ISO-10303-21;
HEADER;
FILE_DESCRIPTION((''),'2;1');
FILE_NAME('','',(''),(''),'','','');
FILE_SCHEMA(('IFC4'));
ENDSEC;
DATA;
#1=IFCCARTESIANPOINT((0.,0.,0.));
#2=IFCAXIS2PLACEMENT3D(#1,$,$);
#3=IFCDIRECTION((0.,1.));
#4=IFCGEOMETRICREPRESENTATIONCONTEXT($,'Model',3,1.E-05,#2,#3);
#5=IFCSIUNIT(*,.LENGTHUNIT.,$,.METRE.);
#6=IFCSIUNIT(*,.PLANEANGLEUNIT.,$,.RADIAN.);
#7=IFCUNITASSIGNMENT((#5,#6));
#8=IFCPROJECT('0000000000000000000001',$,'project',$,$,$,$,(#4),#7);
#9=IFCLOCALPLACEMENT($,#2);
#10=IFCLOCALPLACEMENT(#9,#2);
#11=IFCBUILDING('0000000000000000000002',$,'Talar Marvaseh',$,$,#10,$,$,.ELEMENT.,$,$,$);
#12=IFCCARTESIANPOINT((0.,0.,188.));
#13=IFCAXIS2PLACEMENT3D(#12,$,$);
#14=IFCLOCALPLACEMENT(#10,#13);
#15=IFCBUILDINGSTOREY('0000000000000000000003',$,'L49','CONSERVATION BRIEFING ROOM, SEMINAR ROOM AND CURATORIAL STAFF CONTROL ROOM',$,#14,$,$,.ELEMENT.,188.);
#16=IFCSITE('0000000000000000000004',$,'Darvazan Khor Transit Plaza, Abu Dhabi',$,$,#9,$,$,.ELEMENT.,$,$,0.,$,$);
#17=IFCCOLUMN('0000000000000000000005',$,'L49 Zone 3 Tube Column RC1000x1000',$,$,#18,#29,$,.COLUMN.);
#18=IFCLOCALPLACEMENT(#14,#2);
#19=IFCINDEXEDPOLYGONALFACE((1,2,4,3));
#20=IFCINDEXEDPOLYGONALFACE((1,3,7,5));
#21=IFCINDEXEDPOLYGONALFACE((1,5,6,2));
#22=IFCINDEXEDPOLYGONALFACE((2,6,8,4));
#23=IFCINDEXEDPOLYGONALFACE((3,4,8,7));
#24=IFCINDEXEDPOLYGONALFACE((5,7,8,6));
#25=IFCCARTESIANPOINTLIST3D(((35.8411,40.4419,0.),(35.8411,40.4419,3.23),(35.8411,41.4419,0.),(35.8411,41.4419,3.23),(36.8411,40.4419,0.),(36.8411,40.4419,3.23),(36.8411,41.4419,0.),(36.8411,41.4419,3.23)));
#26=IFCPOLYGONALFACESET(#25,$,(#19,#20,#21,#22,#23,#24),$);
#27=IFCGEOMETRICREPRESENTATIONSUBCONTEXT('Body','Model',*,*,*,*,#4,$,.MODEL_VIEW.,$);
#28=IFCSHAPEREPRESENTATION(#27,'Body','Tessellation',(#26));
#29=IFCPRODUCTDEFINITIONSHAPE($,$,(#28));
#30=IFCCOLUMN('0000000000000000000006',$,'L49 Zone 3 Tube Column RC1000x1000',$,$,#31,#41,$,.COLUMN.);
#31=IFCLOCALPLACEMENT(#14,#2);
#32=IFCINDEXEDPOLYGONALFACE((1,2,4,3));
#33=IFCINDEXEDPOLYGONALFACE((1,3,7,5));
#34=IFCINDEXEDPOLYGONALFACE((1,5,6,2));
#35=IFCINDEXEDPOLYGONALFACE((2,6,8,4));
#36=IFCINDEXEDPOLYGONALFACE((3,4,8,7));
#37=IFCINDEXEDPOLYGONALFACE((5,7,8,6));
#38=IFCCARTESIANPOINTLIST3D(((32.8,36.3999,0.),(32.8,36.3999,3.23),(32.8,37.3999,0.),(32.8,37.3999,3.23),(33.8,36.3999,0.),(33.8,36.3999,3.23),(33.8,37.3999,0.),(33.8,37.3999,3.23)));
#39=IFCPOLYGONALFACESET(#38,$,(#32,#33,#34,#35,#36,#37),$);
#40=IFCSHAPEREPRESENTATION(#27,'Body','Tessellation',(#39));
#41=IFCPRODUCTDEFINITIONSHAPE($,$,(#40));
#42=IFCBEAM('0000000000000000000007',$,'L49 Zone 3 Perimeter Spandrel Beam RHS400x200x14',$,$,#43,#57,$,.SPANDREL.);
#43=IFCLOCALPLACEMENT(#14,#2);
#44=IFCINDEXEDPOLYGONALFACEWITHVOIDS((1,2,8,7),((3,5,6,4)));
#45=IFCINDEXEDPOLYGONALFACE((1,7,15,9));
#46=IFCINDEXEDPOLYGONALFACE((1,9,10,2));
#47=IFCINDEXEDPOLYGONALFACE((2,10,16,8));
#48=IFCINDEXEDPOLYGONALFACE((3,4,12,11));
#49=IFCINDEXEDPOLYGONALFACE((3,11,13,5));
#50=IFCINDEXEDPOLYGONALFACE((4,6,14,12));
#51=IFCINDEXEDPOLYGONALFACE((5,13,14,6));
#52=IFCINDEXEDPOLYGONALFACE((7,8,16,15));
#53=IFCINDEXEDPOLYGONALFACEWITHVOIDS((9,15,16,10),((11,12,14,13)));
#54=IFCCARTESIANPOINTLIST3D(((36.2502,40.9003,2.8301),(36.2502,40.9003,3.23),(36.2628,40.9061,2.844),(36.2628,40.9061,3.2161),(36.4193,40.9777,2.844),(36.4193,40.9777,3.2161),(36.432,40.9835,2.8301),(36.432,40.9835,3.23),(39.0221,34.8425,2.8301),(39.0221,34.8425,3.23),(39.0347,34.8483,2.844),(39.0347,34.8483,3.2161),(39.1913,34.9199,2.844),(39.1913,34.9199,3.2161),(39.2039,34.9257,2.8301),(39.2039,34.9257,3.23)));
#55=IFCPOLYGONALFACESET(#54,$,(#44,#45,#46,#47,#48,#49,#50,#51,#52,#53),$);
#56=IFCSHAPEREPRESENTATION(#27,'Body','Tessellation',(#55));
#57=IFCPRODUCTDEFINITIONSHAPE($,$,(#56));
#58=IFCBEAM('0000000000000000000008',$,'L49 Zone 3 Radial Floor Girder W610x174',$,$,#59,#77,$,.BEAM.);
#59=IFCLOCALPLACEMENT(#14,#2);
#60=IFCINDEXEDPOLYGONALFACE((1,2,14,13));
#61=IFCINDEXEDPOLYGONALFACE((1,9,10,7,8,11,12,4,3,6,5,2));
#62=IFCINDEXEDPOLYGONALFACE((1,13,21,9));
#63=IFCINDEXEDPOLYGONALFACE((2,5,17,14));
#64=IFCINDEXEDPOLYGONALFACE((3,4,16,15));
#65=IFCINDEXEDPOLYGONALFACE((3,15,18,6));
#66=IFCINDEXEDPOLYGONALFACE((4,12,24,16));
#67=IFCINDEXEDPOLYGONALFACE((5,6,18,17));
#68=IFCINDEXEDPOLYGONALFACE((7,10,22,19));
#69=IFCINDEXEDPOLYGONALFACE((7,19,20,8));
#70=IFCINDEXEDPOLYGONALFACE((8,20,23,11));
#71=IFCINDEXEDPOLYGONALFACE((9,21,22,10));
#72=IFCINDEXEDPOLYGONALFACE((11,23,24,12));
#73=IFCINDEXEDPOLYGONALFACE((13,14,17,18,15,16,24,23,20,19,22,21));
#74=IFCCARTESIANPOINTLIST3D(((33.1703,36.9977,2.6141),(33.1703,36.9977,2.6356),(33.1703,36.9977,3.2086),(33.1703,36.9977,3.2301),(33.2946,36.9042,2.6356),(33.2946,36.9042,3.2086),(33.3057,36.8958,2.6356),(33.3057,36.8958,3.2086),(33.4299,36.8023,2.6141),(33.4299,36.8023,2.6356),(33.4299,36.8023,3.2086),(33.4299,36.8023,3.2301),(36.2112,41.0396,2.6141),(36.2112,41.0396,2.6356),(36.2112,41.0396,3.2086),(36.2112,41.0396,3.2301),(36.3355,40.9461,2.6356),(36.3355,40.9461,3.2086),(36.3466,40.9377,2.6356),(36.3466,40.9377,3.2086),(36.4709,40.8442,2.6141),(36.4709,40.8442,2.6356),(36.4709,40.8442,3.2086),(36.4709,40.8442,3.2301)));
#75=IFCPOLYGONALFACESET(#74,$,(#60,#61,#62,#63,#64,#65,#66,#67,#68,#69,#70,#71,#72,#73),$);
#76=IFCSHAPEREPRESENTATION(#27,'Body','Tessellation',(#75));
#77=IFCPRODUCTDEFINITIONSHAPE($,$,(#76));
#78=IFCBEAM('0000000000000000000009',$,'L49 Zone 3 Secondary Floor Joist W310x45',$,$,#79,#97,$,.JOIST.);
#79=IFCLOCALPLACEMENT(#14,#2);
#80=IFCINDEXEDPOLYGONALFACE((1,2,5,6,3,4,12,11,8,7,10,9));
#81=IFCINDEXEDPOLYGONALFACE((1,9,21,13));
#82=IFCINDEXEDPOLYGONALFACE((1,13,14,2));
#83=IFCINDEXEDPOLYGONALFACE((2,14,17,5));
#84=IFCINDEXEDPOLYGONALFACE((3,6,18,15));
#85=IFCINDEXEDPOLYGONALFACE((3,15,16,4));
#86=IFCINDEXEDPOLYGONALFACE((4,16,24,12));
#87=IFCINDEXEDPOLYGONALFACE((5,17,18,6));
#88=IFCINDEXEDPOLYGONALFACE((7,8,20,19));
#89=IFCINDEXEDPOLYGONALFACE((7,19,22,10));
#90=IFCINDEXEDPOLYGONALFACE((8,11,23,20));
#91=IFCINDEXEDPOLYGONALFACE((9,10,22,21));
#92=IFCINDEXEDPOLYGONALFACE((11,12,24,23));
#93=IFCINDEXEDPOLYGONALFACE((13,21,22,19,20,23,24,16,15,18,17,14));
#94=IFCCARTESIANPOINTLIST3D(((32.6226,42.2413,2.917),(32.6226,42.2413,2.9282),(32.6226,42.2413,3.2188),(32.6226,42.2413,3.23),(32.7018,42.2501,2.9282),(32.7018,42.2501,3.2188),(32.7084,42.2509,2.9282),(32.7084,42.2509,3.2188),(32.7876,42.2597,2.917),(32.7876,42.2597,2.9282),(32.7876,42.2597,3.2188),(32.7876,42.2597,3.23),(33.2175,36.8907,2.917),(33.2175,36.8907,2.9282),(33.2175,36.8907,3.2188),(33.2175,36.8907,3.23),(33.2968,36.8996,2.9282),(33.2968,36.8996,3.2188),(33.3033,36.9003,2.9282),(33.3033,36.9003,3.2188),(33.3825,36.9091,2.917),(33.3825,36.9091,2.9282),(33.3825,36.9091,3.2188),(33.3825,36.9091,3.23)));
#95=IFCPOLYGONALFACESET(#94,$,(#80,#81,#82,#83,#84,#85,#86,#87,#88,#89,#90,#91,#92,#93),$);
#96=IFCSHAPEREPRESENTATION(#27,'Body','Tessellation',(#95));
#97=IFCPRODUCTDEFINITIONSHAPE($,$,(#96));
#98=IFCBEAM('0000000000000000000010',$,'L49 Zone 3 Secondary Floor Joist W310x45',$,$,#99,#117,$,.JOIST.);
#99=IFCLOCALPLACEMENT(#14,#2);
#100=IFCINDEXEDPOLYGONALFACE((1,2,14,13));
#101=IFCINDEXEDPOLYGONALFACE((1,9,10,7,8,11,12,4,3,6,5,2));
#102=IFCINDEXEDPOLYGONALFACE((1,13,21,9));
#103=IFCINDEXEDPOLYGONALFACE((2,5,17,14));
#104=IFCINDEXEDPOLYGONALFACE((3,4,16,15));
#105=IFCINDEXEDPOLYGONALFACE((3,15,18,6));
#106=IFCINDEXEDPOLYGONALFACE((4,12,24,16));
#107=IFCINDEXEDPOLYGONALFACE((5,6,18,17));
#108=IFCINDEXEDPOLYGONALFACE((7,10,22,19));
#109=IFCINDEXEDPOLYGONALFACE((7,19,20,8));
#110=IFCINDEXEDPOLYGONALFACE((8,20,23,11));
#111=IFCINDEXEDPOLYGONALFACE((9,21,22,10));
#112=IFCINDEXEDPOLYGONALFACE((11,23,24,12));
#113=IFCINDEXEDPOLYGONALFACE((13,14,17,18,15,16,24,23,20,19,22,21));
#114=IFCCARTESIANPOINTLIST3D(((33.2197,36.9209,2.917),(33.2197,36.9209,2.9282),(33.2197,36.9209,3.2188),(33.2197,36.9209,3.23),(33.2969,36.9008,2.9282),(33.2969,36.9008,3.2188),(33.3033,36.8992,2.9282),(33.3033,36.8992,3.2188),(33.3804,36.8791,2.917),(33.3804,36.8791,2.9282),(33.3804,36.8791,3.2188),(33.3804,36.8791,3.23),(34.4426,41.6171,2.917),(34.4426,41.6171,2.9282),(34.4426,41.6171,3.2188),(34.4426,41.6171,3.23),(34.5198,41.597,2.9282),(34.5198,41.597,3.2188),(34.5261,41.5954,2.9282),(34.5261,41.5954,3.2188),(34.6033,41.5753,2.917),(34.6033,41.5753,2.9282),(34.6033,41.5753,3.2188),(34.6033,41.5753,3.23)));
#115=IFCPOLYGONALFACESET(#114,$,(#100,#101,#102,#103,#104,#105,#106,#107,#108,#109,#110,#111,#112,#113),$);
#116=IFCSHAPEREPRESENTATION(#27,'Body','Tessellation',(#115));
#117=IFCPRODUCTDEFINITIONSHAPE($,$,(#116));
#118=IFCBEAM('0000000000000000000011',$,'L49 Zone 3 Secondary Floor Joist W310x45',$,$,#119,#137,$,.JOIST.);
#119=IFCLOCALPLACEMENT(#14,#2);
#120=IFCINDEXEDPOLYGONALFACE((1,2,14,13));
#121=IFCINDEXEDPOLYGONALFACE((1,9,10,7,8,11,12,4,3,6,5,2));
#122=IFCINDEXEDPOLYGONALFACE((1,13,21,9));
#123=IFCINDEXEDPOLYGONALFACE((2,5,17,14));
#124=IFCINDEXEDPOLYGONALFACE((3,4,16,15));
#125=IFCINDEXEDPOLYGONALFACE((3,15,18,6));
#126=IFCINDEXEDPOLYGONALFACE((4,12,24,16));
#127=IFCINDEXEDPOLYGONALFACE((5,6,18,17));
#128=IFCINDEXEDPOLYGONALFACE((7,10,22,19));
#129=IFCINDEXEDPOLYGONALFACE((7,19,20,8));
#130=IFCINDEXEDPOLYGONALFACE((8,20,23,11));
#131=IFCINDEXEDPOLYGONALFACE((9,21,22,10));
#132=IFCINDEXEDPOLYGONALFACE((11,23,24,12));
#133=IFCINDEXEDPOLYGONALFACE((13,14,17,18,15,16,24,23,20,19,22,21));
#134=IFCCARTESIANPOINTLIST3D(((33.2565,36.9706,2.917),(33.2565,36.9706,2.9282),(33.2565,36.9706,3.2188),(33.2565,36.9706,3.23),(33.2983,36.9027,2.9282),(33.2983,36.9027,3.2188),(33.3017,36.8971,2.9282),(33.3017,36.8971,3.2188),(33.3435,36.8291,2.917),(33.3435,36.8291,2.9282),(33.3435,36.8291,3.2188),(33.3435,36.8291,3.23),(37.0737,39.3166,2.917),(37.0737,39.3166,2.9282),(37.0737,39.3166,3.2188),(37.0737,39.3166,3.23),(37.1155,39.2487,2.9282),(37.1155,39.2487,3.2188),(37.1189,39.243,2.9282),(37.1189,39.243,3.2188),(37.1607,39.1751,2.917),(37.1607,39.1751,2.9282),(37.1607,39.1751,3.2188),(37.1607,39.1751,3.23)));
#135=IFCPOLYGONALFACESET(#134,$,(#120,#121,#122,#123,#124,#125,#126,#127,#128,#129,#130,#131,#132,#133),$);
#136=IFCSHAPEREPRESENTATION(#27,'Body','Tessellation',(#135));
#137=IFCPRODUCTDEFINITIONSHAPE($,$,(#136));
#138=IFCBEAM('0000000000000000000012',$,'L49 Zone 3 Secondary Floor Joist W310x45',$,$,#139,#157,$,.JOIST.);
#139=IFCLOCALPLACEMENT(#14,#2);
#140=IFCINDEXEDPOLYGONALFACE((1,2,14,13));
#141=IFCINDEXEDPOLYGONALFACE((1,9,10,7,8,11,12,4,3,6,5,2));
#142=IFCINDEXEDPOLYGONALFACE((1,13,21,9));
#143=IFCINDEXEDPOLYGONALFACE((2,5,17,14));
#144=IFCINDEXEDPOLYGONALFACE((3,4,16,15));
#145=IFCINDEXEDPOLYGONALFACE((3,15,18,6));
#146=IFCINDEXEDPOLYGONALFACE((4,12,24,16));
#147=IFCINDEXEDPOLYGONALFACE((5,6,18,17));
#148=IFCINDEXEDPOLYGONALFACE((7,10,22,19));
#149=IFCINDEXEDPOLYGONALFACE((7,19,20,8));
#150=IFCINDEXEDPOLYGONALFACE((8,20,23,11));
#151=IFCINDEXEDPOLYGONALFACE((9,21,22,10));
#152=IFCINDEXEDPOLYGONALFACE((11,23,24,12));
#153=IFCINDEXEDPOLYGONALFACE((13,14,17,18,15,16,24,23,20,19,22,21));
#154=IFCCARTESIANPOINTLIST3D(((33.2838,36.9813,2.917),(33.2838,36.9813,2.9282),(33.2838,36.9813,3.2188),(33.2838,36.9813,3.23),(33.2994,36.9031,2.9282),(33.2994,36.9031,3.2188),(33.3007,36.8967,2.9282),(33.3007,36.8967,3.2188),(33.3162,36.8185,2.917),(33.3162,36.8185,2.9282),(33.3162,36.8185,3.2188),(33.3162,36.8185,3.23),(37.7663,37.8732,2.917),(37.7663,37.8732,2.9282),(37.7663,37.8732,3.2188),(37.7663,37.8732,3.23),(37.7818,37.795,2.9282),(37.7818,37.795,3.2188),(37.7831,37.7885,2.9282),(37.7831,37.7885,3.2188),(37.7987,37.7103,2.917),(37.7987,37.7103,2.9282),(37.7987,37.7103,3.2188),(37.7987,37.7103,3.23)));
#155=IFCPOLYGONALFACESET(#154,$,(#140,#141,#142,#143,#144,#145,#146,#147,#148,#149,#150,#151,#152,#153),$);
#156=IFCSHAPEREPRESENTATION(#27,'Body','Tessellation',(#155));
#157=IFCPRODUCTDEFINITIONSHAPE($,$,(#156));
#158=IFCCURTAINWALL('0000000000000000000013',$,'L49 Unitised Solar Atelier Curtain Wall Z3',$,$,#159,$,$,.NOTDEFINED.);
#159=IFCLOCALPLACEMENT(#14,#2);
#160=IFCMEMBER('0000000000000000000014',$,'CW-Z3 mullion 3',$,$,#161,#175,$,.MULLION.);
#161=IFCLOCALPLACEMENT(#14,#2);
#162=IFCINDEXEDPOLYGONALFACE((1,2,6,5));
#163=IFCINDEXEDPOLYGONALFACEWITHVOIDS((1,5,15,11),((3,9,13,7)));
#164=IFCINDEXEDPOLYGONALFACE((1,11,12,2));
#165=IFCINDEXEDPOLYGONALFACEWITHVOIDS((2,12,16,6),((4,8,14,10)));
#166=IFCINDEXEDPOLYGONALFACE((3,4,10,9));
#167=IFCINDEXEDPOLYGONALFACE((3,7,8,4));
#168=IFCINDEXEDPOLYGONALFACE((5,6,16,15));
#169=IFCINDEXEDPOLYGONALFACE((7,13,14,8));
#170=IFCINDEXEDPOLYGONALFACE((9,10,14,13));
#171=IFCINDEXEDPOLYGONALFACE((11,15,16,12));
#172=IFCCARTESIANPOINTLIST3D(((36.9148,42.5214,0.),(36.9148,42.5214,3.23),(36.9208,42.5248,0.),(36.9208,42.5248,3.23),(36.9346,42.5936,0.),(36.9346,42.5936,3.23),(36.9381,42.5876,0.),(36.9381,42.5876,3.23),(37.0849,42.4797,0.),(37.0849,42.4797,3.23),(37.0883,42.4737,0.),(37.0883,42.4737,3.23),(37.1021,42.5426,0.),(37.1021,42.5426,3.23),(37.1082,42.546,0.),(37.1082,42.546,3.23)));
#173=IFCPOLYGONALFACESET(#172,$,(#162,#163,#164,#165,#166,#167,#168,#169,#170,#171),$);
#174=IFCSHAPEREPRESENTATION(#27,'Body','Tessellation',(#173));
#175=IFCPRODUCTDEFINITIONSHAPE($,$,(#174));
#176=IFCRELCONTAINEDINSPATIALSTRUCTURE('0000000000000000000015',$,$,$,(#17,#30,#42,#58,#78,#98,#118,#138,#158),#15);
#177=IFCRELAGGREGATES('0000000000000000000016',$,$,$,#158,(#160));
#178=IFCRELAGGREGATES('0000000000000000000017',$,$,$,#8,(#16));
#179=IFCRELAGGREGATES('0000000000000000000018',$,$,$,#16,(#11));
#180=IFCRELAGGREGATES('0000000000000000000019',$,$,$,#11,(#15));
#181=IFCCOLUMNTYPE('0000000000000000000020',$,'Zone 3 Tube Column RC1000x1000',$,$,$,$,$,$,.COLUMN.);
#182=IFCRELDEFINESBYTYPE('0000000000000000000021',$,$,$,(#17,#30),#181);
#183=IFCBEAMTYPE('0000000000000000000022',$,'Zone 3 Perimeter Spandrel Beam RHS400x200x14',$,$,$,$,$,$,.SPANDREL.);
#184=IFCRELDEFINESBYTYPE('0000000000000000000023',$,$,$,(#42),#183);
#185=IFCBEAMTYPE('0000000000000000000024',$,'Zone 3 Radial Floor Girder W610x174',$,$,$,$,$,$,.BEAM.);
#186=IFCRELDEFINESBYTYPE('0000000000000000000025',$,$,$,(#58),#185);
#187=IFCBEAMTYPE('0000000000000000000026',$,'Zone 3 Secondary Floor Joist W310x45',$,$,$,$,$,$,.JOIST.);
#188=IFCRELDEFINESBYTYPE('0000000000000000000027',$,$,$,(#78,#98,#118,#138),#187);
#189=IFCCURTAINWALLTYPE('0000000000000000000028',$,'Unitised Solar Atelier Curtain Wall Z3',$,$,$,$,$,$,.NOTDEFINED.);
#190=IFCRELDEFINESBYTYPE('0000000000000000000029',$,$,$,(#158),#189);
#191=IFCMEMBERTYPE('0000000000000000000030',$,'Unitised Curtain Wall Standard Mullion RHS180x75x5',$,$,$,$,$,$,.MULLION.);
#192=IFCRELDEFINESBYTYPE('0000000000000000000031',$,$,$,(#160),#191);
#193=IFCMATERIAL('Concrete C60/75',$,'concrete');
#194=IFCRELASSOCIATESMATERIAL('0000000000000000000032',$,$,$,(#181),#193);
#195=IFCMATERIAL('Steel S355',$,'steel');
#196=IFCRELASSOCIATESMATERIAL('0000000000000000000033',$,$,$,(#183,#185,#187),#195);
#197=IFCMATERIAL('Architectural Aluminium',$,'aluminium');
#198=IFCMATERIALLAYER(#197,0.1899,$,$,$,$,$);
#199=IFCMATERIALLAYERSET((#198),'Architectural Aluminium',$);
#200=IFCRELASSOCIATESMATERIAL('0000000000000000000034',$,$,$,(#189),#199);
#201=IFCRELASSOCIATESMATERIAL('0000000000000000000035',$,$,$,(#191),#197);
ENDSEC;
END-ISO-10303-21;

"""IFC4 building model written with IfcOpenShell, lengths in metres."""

from ifc_helpers import new_model, si_unit, direction, frame, origin, origin_2d, place, context, subcontext, project, spatial, rectangle, hollow_rectangle, i_section, extrude, source, transform, mapped, material, layer, layer_set, material_profile, profile_set, type_object, type_shapes, element, aggregate, save


model = new_model("IFC4")

# Units and contexts
model_context = context("Model", 3, precision=1e-05, world=origin(), true_north=direction((0.0, 1.0)))
body_context = subcontext(model_context, "Body", "Model", "MODEL_VIEW")
ifc_project = project(units=[si_unit("LENGTHUNIT", "METRE"), si_unit("PLANEANGLEUNIT", "RADIAN")], contexts=[model_context])

# Site, building, storey
site_placement = place(None, origin())
site = spatial("IfcSite", under=ifc_project, at=site_placement, Name="Darvazan Khor Transit Plaza, Abu Dhabi", CompositionType="ELEMENT", RefElevation=0.0)
building_placement = place(site_placement, origin())
building = spatial("IfcBuilding", under=site, at=building_placement, Name="Talar Marvaseh", CompositionType="ELEMENT")
storey_placement = place(building_placement, frame((0.0, 0.0, 188.0)))
storey = spatial("IfcBuildingStorey", under=building, at=storey_placement, Name="L49", Description="CONSERVATION BRIEFING ROOM, SEMINAR ROOM AND CURATORIAL STAFF CONTROL ROOM", CompositionType="ELEMENT", Elevation=188.0)

# Columns
ifc_material_1 = material(Name="Concrete C60/75", Category="concrete")
ifc_material_profile_1 = material_profile(ifc_material_1, rectangle(XDim=1.0, YDim=1.0, at=origin_2d()), Name="RC1000x1000")
ifc_profile_set_1 = profile_set([ifc_material_profile_1], Name="Concrete C60/75")
column_type = type_object("IfcColumnType", Name="Zone 3 Tube Column RC1000x1000", PredefinedType="COLUMN", material=ifc_profile_set_1)
for number, where, z_axis, x_axis, name in (
    (1, (36.3411, 40.9419, 0.0), (0.0, 0.0, 1.0), (1.0, 0.0, 0.0), "L49 Zone 3 Tube Column RC1000x1000"),
    (2, (33.3, 36.8999, 0.0), (0.0, 0.0, 1.0), (1.0, 0.0, 0.0), "L49 Zone 3 Tube Column RC1000x1000"),
):
    element("IfcColumn", number, at=place(storey_placement, frame(where, z_axis=z_axis, x_axis=x_axis)), inside=storey, type_object=column_type, Name=name, PredefinedType="COLUMN", context=body_context, shape_type="SweptSolid", body=[
        extrude(rectangle(XDim=1.0, YDim=1.0, at=origin_2d()), origin(), (0.0, 0.0, 1.0), 3.23),
    ])

# Beams
ifc_material_2 = material(Name="Steel S355", Category="steel")
ifc_material_profile_2 = material_profile(ifc_material_2, hollow_rectangle(XDim=0.2, YDim=0.3999, WallThickness=0.0139, at=origin_2d()), Name="RHS400x200x14")
ifc_profile_set_2 = profile_set([ifc_material_profile_2], Name="Steel S355")
beam_type_1 = type_object("IfcBeamType", Name="Zone 3 Perimeter Spandrel Beam RHS400x200x14", PredefinedType="SPANDREL", material=ifc_profile_set_2)
beam_1_placement = place(storey_placement, frame((36.3411, 40.9419, 3.03), z_axis=(0.416091, -0.909323, 0.0), x_axis=(0.909323, 0.416091, 0.0)))
element("IfcBeam", 3, at=beam_1_placement, inside=storey, type_object=beam_type_1, Name="L49 Zone 3 Perimeter Spandrel Beam RHS400x200x14", PredefinedType="SPANDREL", context=body_context, shape_type="SweptSolid", body=[
    extrude(hollow_rectangle(XDim=0.2, YDim=0.3999, WallThickness=0.0139, at=origin_2d()), origin(), (0.0, 0.0, 1.0), 6.6619),
])
ifc_material_profile_3 = material_profile(ifc_material_2, i_section(OverallWidth=0.325, OverallDepth=0.616, WebThickness=0.0139, FlangeThickness=0.0215, at=origin_2d()), Name="W610x174")
ifc_profile_set_3 = profile_set([ifc_material_profile_3], Name="Steel S355")
beam_type_2 = type_object("IfcBeamType", Name="Zone 3 Radial Floor Girder W610x174", PredefinedType="BEAM", material=ifc_profile_set_3)
beam_2_placement = place(storey_placement, frame((36.3411, 40.9419, 2.9221), z_axis=(-0.601204, -0.799096, 0.0), x_axis=(0.799096, -0.601204, 0.0)))
element("IfcBeam", 4, at=beam_2_placement, inside=storey, type_object=beam_type_2, Name="L49 Zone 3 Radial Floor Girder W610x174", PredefinedType="BEAM", context=body_context, shape_type="SweptSolid", body=[
    extrude(i_section(OverallWidth=0.325, OverallDepth=0.616, WebThickness=0.0139, FlangeThickness=0.0215, at=origin_2d()), origin(), (0.0, 0.0, 1.0), 5.0581),
])
ifc_material_profile_4 = material_profile(ifc_material_2, i_section(OverallWidth=0.166, OverallDepth=0.313, WebThickness=0.0066, FlangeThickness=0.0112, at=origin_2d()), Name="W310x45")
ifc_profile_set_4 = profile_set([ifc_material_profile_4], Name="Steel S355")
beam_type_3 = type_object("IfcBeamType", Name="Zone 3 Secondary Floor Joist W310x45", PredefinedType="JOIST", material=ifc_profile_set_4)
beam_3_placement = place(storey_placement, frame((32.7051, 42.2505, 3.0735), z_axis=(0.110516, -0.993874, 0.0), x_axis=(0.993874, 0.110516, 0.0)))
element("IfcBeam", 5, at=beam_3_placement, inside=storey, type_object=beam_type_3, Name="L49 Zone 3 Secondary Floor Joist W310x45", PredefinedType="JOIST", context=body_context, shape_type="SweptSolid", body=[
    extrude(i_section(OverallWidth=0.166, OverallDepth=0.313, WebThickness=0.0066, FlangeThickness=0.0112, at=origin_2d()), origin(), (0.0, 0.0, 1.0), 5.3835),
])
beam_4_placement = place(storey_placement, frame((34.5229, 41.5962, 3.0735), z_axis=(-0.251994, -0.967729, 0.0), x_axis=(0.967729, -0.251994, 0.0)))
element("IfcBeam", 6, at=beam_4_placement, inside=storey, type_object=beam_type_3, Name="L49 Zone 3 Secondary Floor Joist W310x45", PredefinedType="JOIST", context=body_context, shape_type="SweptSolid", body=[
    extrude(i_section(OverallWidth=0.166, OverallDepth=0.313, WebThickness=0.0066, FlangeThickness=0.0112, at=origin_2d()), origin(), (0.0, 0.0, 1.0), 4.8528),
])
beam_5_placement = place(storey_placement, frame((37.1172, 39.2458, 3.0735), z_axis=(-0.851963, -0.523602, 0.0), x_axis=(0.523602, -0.851963, 0.0)))
element("IfcBeam", 7, at=beam_5_placement, inside=storey, type_object=beam_type_3, Name="L49 Zone 3 Secondary Floor Joist W310x45", PredefinedType="JOIST", context=body_context, shape_type="SweptSolid", body=[
    extrude(i_section(OverallWidth=0.166, OverallDepth=0.313, WebThickness=0.0066, FlangeThickness=0.0112, at=origin_2d()), origin(), (0.0, 0.0, 1.0), 4.4805),
])
beam_6_placement = place(storey_placement, frame((37.7825, 37.7917, 3.0735), z_axis=(-0.980775, -0.19514, 0.0), x_axis=(0.19514, -0.980775, 0.0)))
element("IfcBeam", 8, at=beam_6_placement, inside=storey, type_object=beam_type_3, Name="L49 Zone 3 Secondary Floor Joist W310x45", PredefinedType="JOIST", context=body_context, shape_type="SweptSolid", body=[
    extrude(i_section(OverallWidth=0.166, OverallDepth=0.313, WebThickness=0.0066, FlangeThickness=0.0112, at=origin_2d()), origin(), (0.0, 0.0, 1.0), 4.5703),
])

# Curtain wall, member
ifc_material_3 = material(Name="Architectural Aluminium", Category="aluminium")
ifc_layer_1 = layer(ifc_material_3, 0.1899)
ifc_layer_set_1 = layer_set([ifc_layer_1], Name="Architectural Aluminium")
curtain_wall_type = type_object("IfcCurtainWallType", Name="Unitised Solar Atelier Curtain Wall Z3", PredefinedType="NOTDEFINED", material=ifc_layer_set_1)
curtain_wall_1_placement = place(storey_placement, origin())
curtain_wall_1 = element("IfcCurtainWall", 9, at=curtain_wall_1_placement, inside=storey, type_object=curtain_wall_type, Name="L49 Unitised Solar Atelier Curtain Wall Z3", PredefinedType="NOTDEFINED")
ifc_material_profile_5 = material_profile(ifc_material_3, hollow_rectangle(XDim=0.075, YDim=0.1799, WallThickness=0.0049, at=origin_2d()), Name="RHS180x75x5")
ifc_profile_set_5 = profile_set([ifc_material_profile_5], Name="Architectural Aluminium")
member_type_1 = type_object("IfcMemberType", Name="Unitised Curtain Wall Standard Mullion RHS180x75x5", PredefinedType="MULLION", material=ifc_profile_set_5)
shared_shape_1 = source(origin(), body_context, "Body", "SweptSolid", [
    extrude(hollow_rectangle(XDim=0.075, YDim=0.1799, WallThickness=0.0049, at=origin_2d()), origin(), (0.0, 0.0, 1.0), 3.23),
])
type_shapes(member_type_1, [shared_shape_1])
member_1_placement = place(storey_placement, frame((37.0115, 42.5337, 0.0), z_axis=(0.0, 0.0, 1.0), x_axis=(0.264652, 0.964344, 0.0)))
member_1 = element("IfcMember", 10, at=member_1_placement, type_object=member_type_1, Name="CW-Z3 mullion 3", PredefinedType="MULLION", context=body_context, shape_type="MappedRepresentation", body=[
    mapped(shared_shape_1, transform((0.0, 0.0, 0.0), x_axis=(1.0, 0.0, 0.0), y_axis=(0.0, 1.0, 0.0), z_axis=(0.0, 0.0, 1.0), scale=1.0)),
])

aggregate(curtain_wall_1, [member_1])

save(model, "model.ifc")
